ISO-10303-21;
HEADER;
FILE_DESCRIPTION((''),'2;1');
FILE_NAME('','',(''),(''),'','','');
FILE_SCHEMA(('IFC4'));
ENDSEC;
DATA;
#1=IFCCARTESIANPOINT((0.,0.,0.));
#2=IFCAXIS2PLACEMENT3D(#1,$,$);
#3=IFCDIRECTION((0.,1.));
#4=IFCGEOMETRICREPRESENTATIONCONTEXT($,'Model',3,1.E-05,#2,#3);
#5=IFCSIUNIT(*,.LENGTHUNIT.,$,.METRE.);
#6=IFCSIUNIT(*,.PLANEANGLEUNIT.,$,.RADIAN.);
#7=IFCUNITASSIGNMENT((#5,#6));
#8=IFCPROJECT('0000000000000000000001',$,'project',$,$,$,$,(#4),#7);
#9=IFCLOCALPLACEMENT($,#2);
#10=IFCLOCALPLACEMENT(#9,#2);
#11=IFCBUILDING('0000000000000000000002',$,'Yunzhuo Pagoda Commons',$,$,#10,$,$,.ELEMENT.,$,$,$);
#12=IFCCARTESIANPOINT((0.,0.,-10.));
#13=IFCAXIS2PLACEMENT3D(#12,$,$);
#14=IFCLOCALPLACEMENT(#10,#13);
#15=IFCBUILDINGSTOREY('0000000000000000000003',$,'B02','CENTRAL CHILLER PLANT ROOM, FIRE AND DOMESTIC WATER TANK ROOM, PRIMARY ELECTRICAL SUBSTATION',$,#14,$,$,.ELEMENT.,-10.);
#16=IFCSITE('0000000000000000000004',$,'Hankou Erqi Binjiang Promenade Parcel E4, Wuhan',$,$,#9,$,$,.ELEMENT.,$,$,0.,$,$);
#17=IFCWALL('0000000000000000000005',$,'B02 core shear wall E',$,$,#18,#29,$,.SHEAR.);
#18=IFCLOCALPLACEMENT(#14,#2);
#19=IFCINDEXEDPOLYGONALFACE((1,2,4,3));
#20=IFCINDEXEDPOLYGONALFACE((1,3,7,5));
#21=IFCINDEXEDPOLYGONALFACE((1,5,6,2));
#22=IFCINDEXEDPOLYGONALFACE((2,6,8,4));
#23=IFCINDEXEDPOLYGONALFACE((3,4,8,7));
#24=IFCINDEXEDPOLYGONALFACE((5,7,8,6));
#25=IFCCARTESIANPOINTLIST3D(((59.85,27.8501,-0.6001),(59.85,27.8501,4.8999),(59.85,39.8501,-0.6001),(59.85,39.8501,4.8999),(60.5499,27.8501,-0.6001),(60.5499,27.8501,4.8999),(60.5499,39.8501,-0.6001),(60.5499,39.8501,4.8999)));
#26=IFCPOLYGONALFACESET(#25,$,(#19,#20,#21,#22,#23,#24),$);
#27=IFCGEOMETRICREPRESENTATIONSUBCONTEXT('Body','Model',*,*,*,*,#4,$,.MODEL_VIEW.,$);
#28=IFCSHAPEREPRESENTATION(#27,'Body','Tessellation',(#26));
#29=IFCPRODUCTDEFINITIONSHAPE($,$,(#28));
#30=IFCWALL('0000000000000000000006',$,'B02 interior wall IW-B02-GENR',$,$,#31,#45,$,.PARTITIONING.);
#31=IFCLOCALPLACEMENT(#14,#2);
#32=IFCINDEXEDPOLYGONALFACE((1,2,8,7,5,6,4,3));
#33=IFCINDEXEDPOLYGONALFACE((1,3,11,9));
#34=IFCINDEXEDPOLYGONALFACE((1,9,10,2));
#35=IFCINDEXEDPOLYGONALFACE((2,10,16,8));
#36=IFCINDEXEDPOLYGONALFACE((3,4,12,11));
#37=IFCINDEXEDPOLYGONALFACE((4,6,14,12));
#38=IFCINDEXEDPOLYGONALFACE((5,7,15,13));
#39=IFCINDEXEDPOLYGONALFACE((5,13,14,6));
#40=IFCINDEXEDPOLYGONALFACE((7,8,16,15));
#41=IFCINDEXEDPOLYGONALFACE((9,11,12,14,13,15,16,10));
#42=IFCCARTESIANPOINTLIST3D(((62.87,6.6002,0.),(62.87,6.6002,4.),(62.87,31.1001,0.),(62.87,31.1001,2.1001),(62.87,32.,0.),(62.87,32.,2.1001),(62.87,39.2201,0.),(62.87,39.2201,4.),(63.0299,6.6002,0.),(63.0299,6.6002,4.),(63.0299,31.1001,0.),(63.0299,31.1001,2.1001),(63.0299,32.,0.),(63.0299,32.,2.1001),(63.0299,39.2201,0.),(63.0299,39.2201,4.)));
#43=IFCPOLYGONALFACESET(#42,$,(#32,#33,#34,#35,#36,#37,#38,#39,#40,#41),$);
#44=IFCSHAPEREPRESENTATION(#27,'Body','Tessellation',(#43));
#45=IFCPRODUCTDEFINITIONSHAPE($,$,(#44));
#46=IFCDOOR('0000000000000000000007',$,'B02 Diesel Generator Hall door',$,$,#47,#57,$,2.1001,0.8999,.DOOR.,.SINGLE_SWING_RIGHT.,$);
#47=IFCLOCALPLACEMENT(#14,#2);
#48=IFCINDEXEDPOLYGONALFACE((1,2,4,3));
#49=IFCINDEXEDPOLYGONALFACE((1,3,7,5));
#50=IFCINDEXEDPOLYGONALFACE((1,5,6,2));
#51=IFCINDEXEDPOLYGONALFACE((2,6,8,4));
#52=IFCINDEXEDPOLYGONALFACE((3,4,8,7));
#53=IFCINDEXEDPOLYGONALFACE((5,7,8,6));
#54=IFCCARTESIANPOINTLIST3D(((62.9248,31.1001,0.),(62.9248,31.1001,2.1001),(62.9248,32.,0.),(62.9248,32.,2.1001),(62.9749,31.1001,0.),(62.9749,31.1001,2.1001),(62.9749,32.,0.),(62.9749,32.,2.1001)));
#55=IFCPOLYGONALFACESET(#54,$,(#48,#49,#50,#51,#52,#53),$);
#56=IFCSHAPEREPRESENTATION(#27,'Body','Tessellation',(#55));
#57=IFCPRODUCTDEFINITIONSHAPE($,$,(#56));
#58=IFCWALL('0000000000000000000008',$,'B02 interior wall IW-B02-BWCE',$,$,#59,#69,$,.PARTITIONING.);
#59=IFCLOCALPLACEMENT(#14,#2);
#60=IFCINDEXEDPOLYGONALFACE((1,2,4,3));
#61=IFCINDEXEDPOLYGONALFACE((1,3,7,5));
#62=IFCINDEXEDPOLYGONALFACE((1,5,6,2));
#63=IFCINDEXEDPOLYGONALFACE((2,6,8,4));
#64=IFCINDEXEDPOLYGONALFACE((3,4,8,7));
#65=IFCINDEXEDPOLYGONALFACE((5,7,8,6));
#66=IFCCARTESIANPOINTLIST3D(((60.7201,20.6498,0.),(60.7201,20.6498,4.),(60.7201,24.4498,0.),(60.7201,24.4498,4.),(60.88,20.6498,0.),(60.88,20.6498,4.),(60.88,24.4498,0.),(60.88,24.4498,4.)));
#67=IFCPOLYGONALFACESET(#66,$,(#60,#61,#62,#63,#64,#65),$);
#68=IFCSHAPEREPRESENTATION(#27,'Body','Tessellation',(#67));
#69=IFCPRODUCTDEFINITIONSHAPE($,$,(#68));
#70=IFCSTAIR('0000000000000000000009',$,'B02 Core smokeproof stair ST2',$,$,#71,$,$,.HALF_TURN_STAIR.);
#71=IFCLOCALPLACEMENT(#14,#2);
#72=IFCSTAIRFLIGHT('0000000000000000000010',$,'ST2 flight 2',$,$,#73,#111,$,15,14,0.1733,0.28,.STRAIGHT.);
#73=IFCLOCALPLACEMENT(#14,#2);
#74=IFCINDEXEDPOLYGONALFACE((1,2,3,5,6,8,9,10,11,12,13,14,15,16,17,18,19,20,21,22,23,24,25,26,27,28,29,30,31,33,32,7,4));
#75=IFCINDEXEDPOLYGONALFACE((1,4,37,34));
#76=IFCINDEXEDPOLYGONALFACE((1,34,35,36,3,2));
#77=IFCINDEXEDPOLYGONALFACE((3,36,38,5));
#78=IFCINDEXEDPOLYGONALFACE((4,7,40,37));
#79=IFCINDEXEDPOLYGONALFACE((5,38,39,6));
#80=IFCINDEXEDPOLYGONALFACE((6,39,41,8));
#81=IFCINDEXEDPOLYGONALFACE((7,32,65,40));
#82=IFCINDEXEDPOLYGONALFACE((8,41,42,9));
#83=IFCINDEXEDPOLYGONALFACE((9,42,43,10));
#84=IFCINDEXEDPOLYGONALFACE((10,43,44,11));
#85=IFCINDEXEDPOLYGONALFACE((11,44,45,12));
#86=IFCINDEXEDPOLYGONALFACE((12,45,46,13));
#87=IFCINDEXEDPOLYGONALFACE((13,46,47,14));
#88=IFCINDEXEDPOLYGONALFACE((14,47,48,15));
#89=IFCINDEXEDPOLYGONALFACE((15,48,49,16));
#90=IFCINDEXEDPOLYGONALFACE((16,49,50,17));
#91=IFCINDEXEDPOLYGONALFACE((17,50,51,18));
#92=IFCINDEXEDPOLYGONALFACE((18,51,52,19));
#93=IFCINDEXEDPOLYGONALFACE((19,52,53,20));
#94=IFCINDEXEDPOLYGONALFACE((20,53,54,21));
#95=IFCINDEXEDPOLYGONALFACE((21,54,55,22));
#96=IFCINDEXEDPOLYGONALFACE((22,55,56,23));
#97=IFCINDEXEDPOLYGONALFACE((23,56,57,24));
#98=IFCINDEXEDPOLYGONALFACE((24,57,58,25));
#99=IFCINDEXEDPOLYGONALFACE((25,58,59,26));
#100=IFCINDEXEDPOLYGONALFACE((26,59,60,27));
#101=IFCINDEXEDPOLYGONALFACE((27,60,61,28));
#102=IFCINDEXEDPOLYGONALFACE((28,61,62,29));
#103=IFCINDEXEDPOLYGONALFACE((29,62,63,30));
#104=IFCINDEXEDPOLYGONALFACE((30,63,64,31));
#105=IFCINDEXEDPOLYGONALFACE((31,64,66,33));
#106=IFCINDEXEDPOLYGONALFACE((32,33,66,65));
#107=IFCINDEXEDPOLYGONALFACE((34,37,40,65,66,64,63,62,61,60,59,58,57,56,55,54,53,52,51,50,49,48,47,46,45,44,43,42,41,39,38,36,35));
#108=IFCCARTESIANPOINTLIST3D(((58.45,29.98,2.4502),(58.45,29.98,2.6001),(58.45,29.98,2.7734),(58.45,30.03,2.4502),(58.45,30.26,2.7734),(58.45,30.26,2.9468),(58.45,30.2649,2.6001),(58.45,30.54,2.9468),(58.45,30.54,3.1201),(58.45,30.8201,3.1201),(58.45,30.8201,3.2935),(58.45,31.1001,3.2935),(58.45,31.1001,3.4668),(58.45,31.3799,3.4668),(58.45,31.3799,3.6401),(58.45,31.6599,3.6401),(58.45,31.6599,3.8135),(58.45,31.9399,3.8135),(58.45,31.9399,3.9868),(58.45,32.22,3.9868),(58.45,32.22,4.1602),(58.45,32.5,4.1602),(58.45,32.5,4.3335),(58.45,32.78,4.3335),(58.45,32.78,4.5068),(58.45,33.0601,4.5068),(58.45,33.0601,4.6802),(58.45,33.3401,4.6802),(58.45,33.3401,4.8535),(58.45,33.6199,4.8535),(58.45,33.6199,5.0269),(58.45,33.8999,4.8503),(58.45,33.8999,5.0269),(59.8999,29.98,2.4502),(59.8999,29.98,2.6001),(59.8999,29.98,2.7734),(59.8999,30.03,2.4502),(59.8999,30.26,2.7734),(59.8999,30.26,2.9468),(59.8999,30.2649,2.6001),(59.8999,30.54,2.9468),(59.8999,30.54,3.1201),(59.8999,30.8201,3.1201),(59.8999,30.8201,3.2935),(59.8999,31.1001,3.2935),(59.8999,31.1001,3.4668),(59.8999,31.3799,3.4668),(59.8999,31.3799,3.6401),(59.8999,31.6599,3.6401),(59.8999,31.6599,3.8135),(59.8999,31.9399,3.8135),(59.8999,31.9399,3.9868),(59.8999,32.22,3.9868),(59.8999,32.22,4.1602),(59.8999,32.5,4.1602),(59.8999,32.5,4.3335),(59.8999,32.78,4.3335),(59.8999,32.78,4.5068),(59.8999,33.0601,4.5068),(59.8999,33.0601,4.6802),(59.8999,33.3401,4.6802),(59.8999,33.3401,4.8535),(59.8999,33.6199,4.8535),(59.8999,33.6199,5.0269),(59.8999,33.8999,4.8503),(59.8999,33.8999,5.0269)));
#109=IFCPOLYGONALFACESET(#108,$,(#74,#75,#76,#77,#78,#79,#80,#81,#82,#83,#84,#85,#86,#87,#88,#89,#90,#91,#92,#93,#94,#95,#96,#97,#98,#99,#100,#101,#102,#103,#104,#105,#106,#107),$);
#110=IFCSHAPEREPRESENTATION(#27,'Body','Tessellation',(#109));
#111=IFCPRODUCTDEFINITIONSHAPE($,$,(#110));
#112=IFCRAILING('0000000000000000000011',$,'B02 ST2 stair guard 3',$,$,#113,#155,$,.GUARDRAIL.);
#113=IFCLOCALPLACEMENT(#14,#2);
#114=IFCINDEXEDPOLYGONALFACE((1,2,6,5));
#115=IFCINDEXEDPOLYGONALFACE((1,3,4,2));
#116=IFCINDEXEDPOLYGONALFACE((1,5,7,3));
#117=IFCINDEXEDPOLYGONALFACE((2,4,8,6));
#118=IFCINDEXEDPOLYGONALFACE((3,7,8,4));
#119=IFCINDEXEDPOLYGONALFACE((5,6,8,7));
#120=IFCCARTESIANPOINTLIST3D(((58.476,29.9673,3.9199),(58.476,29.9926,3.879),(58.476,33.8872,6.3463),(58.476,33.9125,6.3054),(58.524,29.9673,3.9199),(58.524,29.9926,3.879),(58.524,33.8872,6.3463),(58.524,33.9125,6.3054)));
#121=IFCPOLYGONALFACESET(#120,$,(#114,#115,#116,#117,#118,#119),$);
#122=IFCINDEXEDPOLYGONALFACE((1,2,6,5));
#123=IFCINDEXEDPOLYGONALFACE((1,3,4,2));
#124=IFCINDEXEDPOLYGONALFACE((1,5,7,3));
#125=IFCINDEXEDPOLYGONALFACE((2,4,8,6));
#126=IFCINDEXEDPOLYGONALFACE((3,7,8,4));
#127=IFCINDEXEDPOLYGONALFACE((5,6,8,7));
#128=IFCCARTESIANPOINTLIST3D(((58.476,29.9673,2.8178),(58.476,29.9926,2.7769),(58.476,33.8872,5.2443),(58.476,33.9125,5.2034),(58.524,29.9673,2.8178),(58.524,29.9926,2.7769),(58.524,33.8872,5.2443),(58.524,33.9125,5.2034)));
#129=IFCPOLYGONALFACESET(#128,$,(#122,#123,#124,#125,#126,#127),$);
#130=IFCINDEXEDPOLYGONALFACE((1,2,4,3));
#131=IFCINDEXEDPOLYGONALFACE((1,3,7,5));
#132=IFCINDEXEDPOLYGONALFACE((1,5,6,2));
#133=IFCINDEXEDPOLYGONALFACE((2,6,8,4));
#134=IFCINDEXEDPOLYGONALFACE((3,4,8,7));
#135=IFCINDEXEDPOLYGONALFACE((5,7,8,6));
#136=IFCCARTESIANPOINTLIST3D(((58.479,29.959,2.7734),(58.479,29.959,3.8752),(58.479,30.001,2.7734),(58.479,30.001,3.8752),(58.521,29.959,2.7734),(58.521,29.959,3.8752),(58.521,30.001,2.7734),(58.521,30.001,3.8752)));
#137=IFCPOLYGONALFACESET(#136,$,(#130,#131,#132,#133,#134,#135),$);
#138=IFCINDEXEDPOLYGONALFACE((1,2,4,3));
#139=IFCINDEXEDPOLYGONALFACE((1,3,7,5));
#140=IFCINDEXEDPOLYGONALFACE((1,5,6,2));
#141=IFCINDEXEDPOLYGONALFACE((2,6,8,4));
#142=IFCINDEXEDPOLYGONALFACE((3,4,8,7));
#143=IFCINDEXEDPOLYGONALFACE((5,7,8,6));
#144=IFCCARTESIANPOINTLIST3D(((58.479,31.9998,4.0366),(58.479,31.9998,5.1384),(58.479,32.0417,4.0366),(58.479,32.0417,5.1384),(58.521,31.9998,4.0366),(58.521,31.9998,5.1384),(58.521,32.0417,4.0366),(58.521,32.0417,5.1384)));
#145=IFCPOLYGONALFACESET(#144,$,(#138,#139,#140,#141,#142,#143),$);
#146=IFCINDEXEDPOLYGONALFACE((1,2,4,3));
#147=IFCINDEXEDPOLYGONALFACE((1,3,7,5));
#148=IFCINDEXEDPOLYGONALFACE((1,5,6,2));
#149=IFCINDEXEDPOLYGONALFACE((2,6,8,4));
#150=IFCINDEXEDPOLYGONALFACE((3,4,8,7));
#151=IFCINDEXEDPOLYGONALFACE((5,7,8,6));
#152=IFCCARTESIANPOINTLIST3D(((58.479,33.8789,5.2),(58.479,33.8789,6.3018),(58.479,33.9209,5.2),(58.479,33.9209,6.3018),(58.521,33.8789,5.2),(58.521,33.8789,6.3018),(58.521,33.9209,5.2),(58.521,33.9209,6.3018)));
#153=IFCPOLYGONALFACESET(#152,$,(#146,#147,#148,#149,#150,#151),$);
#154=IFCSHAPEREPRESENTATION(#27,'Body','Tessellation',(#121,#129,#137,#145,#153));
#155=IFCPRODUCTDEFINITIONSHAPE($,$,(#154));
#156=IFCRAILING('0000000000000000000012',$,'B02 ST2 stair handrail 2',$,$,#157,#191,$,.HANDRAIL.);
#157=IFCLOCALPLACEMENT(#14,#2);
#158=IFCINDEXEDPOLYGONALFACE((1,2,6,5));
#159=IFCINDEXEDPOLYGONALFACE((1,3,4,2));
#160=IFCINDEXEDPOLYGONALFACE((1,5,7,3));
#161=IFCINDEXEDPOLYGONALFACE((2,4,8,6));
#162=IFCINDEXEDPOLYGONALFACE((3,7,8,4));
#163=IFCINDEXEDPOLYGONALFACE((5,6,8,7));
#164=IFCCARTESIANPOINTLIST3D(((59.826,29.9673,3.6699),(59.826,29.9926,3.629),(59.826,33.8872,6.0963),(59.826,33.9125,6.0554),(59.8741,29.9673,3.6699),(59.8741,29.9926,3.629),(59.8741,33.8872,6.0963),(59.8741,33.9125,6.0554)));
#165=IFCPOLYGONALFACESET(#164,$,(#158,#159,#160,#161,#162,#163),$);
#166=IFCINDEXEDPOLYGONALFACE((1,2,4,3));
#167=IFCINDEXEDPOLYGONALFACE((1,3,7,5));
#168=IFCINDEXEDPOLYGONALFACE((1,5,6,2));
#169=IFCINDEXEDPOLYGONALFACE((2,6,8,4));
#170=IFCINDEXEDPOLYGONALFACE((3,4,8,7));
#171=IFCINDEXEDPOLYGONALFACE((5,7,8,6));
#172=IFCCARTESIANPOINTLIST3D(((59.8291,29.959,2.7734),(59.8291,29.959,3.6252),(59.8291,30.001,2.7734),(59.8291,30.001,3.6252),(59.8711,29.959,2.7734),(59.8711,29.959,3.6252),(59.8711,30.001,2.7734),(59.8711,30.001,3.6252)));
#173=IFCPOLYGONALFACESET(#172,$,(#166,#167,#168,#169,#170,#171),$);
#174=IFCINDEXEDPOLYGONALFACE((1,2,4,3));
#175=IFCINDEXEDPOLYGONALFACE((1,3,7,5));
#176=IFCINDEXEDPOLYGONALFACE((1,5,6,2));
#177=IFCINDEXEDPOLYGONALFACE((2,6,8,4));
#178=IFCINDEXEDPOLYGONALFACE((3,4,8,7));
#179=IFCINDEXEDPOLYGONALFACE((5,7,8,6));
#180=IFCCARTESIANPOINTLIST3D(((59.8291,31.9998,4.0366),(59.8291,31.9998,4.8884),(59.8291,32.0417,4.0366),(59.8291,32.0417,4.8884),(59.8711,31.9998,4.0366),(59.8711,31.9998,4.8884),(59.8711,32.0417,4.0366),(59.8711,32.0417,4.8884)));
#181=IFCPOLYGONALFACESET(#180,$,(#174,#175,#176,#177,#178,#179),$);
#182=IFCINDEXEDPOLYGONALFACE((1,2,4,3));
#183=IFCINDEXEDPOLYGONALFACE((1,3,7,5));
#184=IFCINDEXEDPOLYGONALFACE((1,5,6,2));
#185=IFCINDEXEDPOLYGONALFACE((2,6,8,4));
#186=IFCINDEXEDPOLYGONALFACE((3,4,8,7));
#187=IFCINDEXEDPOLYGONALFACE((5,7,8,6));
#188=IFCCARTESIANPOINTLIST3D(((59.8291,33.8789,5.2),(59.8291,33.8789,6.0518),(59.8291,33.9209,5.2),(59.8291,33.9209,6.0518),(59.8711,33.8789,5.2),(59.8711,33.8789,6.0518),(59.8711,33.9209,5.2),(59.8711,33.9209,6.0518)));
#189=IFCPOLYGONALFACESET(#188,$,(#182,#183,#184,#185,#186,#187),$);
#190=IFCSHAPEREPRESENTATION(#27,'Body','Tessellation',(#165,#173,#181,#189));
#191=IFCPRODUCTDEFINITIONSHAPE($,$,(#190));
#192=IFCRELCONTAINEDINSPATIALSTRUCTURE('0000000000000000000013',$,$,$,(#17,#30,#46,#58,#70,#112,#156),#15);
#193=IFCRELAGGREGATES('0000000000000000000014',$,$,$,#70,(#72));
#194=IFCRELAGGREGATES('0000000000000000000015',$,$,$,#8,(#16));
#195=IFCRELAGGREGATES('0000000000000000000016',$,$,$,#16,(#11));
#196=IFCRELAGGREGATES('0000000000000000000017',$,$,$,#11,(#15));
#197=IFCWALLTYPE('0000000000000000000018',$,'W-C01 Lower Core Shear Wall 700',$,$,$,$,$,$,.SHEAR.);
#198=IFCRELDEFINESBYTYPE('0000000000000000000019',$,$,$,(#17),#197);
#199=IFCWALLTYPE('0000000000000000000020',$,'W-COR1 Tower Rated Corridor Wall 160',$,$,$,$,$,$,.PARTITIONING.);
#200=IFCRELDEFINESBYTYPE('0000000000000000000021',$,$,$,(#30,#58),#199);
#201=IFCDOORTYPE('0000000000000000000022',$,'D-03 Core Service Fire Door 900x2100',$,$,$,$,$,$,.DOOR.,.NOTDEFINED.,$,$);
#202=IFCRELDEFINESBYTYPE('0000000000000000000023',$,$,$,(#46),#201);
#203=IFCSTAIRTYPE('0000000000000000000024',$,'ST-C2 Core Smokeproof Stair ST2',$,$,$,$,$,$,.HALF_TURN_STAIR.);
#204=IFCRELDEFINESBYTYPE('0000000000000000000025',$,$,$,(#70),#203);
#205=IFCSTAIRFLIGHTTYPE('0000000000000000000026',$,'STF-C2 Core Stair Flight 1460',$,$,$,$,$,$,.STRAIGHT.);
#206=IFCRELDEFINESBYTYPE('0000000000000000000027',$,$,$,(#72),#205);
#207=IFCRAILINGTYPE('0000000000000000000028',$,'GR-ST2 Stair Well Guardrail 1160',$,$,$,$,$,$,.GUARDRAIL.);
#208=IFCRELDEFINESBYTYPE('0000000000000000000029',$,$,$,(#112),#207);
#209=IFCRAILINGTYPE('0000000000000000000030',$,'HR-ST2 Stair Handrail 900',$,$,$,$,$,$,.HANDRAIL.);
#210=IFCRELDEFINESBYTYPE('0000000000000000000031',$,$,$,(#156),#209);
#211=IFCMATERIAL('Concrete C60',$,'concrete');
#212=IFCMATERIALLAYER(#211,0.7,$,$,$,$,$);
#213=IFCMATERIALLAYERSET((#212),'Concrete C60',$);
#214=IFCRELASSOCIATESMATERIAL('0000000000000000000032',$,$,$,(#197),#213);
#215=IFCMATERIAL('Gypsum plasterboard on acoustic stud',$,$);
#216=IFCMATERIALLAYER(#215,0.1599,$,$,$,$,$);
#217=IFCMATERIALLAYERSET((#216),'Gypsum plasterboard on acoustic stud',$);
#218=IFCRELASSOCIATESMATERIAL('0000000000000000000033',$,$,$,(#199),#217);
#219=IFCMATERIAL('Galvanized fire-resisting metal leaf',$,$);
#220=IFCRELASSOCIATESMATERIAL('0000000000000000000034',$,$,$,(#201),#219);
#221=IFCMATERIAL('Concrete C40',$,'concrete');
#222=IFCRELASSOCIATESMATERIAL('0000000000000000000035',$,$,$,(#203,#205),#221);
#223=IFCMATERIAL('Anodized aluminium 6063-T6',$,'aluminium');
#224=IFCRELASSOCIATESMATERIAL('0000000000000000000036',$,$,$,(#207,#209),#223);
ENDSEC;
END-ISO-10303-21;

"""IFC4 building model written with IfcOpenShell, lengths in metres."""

from ifc_helpers import new_model, si_unit, direction, frame, frame_2d, origin, origin_2d, place, context, subcontext, project, spatial, polyline, rectangle, outline, extrude, source, transform, mapped, material, layer, layer_set, type_object, element, fill, aggregate, save


model = new_model("IFC4")

# Units and contexts
model_context = context("Model", 3, precision=1e-05, world=origin(), true_north=direction((0.0, 1.0)))
body_context = subcontext(model_context, "Body", "Model", "MODEL_VIEW")
ifc_project = project(units=[si_unit("LENGTHUNIT", "METRE"), si_unit("PLANEANGLEUNIT", "RADIAN")], contexts=[model_context])

# Site, building, storey
site_placement = place(None, origin())
site = spatial("IfcSite", under=ifc_project, at=site_placement, Name="Hankou Erqi Binjiang Promenade Parcel E4, Wuhan", CompositionType="ELEMENT", RefElevation=0.0)
building_placement = place(site_placement, origin())
building = spatial("IfcBuilding", under=site, at=building_placement, Name="Yunzhuo Pagoda Commons", CompositionType="ELEMENT")
storey_placement = place(building_placement, frame((0.0, 0.0, -10.0)))
storey = spatial("IfcBuildingStorey", under=building, at=storey_placement, Name="B02", Description="CENTRAL CHILLER PLANT ROOM, FIRE AND DOMESTIC WATER TANK ROOM, PRIMARY ELECTRICAL SUBSTATION", CompositionType="ELEMENT", Elevation=-10.0)

# Shared definitions
ifc_material_1 = material(Name="Concrete C40", Category="concrete")

# Wall
ifc_material_2 = material(Name="Concrete C60", Category="concrete")
ifc_layer_1 = layer(ifc_material_2, 0.7)
ifc_layer_set_1 = layer_set([ifc_layer_1], Name="Concrete C60")
wall_type_1 = type_object("IfcWallType", Name="W-C01 Lower Core Shear Wall 700", PredefinedType="SHEAR", material=ifc_layer_set_1)
wall_1_placement = place(storey_placement, frame((60.2, 27.8501, -0.6001), z_axis=(0.0, 0.0, 1.0), x_axis=(0.0, 1.0, 0.0)))
element("IfcWall", 1, at=wall_1_placement, inside=storey, type_object=wall_type_1, Name="B02 core shear wall E", PredefinedType="SHEAR", context=body_context, shape_type="SweptSolid", body=[
    extrude(rectangle(XDim=12.0, YDim=0.7, at=frame_2d((6.0, 0.0))), origin(), (0.0, 0.0, 1.0), 5.5),
])

# Wall, opening, door
ifc_material_3 = material(Name="Gypsum plasterboard on acoustic stud")
ifc_layer_2 = layer(ifc_material_3, 0.1599)
ifc_layer_set_2 = layer_set([ifc_layer_2], Name="Gypsum plasterboard on acoustic stud")
wall_type_2 = type_object("IfcWallType", Name="W-COR1 Tower Rated Corridor Wall 160", PredefinedType="PARTITIONING", material=ifc_layer_set_2)
wall_2_placement = place(storey_placement, frame((62.95, 6.6001, 0.0), z_axis=(0.0, 0.0, 1.0), x_axis=(0.0, 1.0, 0.0)))
wall_2 = element("IfcWall", 2, at=wall_2_placement, inside=storey, type_object=wall_type_2, Name="B02 interior wall IW-B02-GENR", PredefinedType="PARTITIONING", context=body_context, shape_type="SweptSolid", body=[
    extrude(rectangle(XDim=32.6199, YDim=0.1599, at=frame_2d((16.3101, 0.0))), origin(), (0.0, 0.0, 1.0), 4.0),
])
opening_placement = place(wall_2_placement, frame((24.5, 0.0, 0.0)))
opening = element("IfcOpeningElement", 3, at=opening_placement, cuts=wall_2, PredefinedType="OPENING", context=body_context, shape_type="SweptSolid", body=[
    extrude(rectangle(XDim=0.8999, YDim=2.1001, at=frame_2d((0.45, 1.05))), frame((0.0, 0.0898, 0.0), z_axis=(0.0, -1.0, 0.0), x_axis=(1.0, 0.0, 0.0)), (0.0, 0.0, 1.0), 0.1799),
])
ifc_material_4 = material(Name="Galvanized fire-resisting metal leaf")
door_type = type_object("IfcDoorType", Name="D-03 Core Service Fire Door 900x2100", OperationType="NOTDEFINED", PredefinedType="DOOR", material=ifc_material_4)
shared_shape_1 = source(origin(), body_context, "Body", "SweptSolid", [
    extrude(rectangle(XDim=0.8999, YDim=2.1001, at=frame_2d((0.45, 1.05))), frame((0.0, 0.0249, 0.0), z_axis=(0.0, -1.0, 0.0), x_axis=(1.0, 0.0, 0.0)), (0.0, 0.0, 1.0), 0.05),
])
door_placement = place(opening_placement, frame((0.8999, 0.0, 0.0), z_axis=(0.0, 0.0, 1.0), x_axis=(-1.0, 0.0, 0.0)))
door = element("IfcDoor", 4, at=door_placement, inside=storey, type_object=door_type, Name="B02 Diesel Generator Hall door", OperationType="SINGLE_SWING_RIGHT", OverallHeight=2.1001, OverallWidth=0.8999, PredefinedType="DOOR", context=body_context, shape_type="MappedRepresentation", body=[
    mapped(shared_shape_1, transform((0.0, 0.0, 0.0), scale=1.0)),
])
fill(opening, door)

# Wall
wall_3_placement = place(storey_placement, frame((60.8, 20.6499, 0.0), z_axis=(0.0, 0.0, 1.0), x_axis=(0.0, 1.0, 0.0)))
element("IfcWall", 5, at=wall_3_placement, inside=storey, type_object=wall_type_2, Name="B02 interior wall IW-B02-BWCE", PredefinedType="PARTITIONING", context=body_context, shape_type="SweptSolid", body=[
    extrude(rectangle(XDim=3.8, YDim=0.1599, at=frame_2d((1.8999, 0.0))), origin(), (0.0, 0.0, 1.0), 4.0),
])

# Stair, stair flight
stair_type = type_object("IfcStairType", Name="ST-C2 Core Smokeproof Stair ST2", PredefinedType="HALF_TURN_STAIR", material=ifc_material_1)
stair_placement = place(storey_placement, origin())
stair = element("IfcStair", 6, at=stair_placement, inside=storey, type_object=stair_type, Name="B02 Core smokeproof stair ST2", PredefinedType="HALF_TURN_STAIR")
stair_flight_type = type_object("IfcStairFlightType", Name="STF-C2 Core Stair Flight 1460", PredefinedType="STRAIGHT", material=ifc_material_1)
shared_shape_2 = source(origin(), body_context, "Body", "SweptSolid", [
    extrude(outline(polyline([(0.0, -0.1499), (0.0, 0.0), (0.0, 0.1733), (0.28, 0.1733), (0.28, 0.3467), (0.5601, 0.3467), (0.5601, 0.52), (0.8401, 0.52), (0.8401, 0.6934), (1.1201, 0.6934), (1.1201, 0.8667), (1.3999, 0.8667), (1.3999, 1.04), (1.6799, 1.04), (1.6799, 1.2134), (1.96, 1.2134), (1.96, 1.3867), (2.24, 1.3867), (2.24, 1.5601), (2.52, 1.5601), (2.52, 1.7334), (2.8, 1.7334), (2.8, 1.9067), (3.0801, 1.9067), (3.0801, 2.0801), (3.3601, 2.0801), (3.3601, 2.2534), (3.6399, 2.2534), (3.6399, 2.4268), (3.9199, 2.4268), (3.9199, 2.6001), (3.9199, 2.2502), (0.2849, 0.0), (0.05, -0.1499), (0.0, -0.1499)])), frame((0.0, 0.7251, 0.0), z_axis=(0.0, -1.0, 0.0), x_axis=(1.0, 0.0, 0.0)), (0.0, 0.0, 1.0), 1.45),
])
stair_flight_placement = place(storey_placement, frame((59.175, 29.98, 2.6001), z_axis=(0.0, 0.0, 1.0), x_axis=(0.0, 1.0, 0.0)))
stair_flight = element("IfcStairFlight", 7, at=stair_flight_placement, type_object=stair_flight_type, Name="ST2 flight 2", NumberOfRisers=15, NumberOfTreads=14, PredefinedType="STRAIGHT", RiserHeight=0.1733, TreadLength=0.28, context=body_context, shape_type="MappedRepresentation", body=[
    mapped(shared_shape_2, transform((0.0, 0.0, 0.0), scale=1.0)),
])
aggregate(stair, [stair_flight])

# Railings
ifc_material_5 = material(Name="Anodized aluminium 6063-T6", Category="aluminium")
railing_type_1 = type_object("IfcRailingType", Name="GR-ST2 Stair Well Guardrail 1160", PredefinedType="GUARDRAIL", material=ifc_material_5)
railing_1_placement = place(storey_placement, frame((58.5, 29.98, 2.7734)))
element("IfcRailing", 8, at=railing_1_placement, inside=storey, type_object=railing_type_1, Name="B02 ST2 stair guard 3", PredefinedType="GUARDRAIL", context=body_context, shape_type="SweptSolid", body=[
    extrude(rectangle(XDim=0.0481, YDim=0.0481, at=origin_2d()), frame((0.0, 0.0, 1.126), z_axis=(0.0, 0.850275, 0.526338), x_axis=(-1.0, 0.0, 0.0)), (0.0, 0.0, 1.0), 4.6101),
    extrude(rectangle(XDim=0.0481, YDim=0.0481, at=origin_2d()), frame((0.0, 0.0, 0.0239), z_axis=(0.0, 0.850275, 0.526338), x_axis=(-1.0, 0.0, 0.0)), (0.0, 0.0, 1.0), 4.6101),
    extrude(rectangle(XDim=0.042, YDim=0.042, at=origin_2d()), origin(), (0.0, 0.0, 1.0), 1.1018),
    extrude(rectangle(XDim=0.042, YDim=0.042, at=origin_2d()), frame((0.0, 2.0408, 1.2632)), (0.0, 0.0, 1.0), 1.1018),
    extrude(rectangle(XDim=0.042, YDim=0.042, at=origin_2d()), frame((0.0, 3.9199, 2.4265)), (0.0, 0.0, 1.0), 1.1018),
])
railing_type_2 = type_object("IfcRailingType", Name="HR-ST2 Stair Handrail 900", PredefinedType="HANDRAIL", material=ifc_material_5)
railing_2_placement = place(storey_placement, frame((59.8501, 29.98, 2.7734)))
element("IfcRailing", 9, at=railing_2_placement, inside=storey, type_object=railing_type_2, Name="B02 ST2 stair handrail 2", PredefinedType="HANDRAIL", context=body_context, shape_type="SweptSolid", body=[
    extrude(rectangle(XDim=0.0481, YDim=0.0481, at=origin_2d()), frame((0.0, 0.0, 0.876), z_axis=(0.0, 0.850275, 0.526338), x_axis=(-1.0, 0.0, 0.0)), (0.0, 0.0, 1.0), 4.6101),
    extrude(rectangle(XDim=0.042, YDim=0.042, at=origin_2d()), origin(), (0.0, 0.0, 1.0), 0.8518),
    extrude(rectangle(XDim=0.042, YDim=0.042, at=origin_2d()), frame((0.0, 2.0408, 1.2632)), (0.0, 0.0, 1.0), 0.8518),
    extrude(rectangle(XDim=0.042, YDim=0.042, at=origin_2d()), frame((0.0, 3.9199, 2.4265)), (0.0, 0.0, 1.0), 0.8518),
])

save(model, "model.ifc")
